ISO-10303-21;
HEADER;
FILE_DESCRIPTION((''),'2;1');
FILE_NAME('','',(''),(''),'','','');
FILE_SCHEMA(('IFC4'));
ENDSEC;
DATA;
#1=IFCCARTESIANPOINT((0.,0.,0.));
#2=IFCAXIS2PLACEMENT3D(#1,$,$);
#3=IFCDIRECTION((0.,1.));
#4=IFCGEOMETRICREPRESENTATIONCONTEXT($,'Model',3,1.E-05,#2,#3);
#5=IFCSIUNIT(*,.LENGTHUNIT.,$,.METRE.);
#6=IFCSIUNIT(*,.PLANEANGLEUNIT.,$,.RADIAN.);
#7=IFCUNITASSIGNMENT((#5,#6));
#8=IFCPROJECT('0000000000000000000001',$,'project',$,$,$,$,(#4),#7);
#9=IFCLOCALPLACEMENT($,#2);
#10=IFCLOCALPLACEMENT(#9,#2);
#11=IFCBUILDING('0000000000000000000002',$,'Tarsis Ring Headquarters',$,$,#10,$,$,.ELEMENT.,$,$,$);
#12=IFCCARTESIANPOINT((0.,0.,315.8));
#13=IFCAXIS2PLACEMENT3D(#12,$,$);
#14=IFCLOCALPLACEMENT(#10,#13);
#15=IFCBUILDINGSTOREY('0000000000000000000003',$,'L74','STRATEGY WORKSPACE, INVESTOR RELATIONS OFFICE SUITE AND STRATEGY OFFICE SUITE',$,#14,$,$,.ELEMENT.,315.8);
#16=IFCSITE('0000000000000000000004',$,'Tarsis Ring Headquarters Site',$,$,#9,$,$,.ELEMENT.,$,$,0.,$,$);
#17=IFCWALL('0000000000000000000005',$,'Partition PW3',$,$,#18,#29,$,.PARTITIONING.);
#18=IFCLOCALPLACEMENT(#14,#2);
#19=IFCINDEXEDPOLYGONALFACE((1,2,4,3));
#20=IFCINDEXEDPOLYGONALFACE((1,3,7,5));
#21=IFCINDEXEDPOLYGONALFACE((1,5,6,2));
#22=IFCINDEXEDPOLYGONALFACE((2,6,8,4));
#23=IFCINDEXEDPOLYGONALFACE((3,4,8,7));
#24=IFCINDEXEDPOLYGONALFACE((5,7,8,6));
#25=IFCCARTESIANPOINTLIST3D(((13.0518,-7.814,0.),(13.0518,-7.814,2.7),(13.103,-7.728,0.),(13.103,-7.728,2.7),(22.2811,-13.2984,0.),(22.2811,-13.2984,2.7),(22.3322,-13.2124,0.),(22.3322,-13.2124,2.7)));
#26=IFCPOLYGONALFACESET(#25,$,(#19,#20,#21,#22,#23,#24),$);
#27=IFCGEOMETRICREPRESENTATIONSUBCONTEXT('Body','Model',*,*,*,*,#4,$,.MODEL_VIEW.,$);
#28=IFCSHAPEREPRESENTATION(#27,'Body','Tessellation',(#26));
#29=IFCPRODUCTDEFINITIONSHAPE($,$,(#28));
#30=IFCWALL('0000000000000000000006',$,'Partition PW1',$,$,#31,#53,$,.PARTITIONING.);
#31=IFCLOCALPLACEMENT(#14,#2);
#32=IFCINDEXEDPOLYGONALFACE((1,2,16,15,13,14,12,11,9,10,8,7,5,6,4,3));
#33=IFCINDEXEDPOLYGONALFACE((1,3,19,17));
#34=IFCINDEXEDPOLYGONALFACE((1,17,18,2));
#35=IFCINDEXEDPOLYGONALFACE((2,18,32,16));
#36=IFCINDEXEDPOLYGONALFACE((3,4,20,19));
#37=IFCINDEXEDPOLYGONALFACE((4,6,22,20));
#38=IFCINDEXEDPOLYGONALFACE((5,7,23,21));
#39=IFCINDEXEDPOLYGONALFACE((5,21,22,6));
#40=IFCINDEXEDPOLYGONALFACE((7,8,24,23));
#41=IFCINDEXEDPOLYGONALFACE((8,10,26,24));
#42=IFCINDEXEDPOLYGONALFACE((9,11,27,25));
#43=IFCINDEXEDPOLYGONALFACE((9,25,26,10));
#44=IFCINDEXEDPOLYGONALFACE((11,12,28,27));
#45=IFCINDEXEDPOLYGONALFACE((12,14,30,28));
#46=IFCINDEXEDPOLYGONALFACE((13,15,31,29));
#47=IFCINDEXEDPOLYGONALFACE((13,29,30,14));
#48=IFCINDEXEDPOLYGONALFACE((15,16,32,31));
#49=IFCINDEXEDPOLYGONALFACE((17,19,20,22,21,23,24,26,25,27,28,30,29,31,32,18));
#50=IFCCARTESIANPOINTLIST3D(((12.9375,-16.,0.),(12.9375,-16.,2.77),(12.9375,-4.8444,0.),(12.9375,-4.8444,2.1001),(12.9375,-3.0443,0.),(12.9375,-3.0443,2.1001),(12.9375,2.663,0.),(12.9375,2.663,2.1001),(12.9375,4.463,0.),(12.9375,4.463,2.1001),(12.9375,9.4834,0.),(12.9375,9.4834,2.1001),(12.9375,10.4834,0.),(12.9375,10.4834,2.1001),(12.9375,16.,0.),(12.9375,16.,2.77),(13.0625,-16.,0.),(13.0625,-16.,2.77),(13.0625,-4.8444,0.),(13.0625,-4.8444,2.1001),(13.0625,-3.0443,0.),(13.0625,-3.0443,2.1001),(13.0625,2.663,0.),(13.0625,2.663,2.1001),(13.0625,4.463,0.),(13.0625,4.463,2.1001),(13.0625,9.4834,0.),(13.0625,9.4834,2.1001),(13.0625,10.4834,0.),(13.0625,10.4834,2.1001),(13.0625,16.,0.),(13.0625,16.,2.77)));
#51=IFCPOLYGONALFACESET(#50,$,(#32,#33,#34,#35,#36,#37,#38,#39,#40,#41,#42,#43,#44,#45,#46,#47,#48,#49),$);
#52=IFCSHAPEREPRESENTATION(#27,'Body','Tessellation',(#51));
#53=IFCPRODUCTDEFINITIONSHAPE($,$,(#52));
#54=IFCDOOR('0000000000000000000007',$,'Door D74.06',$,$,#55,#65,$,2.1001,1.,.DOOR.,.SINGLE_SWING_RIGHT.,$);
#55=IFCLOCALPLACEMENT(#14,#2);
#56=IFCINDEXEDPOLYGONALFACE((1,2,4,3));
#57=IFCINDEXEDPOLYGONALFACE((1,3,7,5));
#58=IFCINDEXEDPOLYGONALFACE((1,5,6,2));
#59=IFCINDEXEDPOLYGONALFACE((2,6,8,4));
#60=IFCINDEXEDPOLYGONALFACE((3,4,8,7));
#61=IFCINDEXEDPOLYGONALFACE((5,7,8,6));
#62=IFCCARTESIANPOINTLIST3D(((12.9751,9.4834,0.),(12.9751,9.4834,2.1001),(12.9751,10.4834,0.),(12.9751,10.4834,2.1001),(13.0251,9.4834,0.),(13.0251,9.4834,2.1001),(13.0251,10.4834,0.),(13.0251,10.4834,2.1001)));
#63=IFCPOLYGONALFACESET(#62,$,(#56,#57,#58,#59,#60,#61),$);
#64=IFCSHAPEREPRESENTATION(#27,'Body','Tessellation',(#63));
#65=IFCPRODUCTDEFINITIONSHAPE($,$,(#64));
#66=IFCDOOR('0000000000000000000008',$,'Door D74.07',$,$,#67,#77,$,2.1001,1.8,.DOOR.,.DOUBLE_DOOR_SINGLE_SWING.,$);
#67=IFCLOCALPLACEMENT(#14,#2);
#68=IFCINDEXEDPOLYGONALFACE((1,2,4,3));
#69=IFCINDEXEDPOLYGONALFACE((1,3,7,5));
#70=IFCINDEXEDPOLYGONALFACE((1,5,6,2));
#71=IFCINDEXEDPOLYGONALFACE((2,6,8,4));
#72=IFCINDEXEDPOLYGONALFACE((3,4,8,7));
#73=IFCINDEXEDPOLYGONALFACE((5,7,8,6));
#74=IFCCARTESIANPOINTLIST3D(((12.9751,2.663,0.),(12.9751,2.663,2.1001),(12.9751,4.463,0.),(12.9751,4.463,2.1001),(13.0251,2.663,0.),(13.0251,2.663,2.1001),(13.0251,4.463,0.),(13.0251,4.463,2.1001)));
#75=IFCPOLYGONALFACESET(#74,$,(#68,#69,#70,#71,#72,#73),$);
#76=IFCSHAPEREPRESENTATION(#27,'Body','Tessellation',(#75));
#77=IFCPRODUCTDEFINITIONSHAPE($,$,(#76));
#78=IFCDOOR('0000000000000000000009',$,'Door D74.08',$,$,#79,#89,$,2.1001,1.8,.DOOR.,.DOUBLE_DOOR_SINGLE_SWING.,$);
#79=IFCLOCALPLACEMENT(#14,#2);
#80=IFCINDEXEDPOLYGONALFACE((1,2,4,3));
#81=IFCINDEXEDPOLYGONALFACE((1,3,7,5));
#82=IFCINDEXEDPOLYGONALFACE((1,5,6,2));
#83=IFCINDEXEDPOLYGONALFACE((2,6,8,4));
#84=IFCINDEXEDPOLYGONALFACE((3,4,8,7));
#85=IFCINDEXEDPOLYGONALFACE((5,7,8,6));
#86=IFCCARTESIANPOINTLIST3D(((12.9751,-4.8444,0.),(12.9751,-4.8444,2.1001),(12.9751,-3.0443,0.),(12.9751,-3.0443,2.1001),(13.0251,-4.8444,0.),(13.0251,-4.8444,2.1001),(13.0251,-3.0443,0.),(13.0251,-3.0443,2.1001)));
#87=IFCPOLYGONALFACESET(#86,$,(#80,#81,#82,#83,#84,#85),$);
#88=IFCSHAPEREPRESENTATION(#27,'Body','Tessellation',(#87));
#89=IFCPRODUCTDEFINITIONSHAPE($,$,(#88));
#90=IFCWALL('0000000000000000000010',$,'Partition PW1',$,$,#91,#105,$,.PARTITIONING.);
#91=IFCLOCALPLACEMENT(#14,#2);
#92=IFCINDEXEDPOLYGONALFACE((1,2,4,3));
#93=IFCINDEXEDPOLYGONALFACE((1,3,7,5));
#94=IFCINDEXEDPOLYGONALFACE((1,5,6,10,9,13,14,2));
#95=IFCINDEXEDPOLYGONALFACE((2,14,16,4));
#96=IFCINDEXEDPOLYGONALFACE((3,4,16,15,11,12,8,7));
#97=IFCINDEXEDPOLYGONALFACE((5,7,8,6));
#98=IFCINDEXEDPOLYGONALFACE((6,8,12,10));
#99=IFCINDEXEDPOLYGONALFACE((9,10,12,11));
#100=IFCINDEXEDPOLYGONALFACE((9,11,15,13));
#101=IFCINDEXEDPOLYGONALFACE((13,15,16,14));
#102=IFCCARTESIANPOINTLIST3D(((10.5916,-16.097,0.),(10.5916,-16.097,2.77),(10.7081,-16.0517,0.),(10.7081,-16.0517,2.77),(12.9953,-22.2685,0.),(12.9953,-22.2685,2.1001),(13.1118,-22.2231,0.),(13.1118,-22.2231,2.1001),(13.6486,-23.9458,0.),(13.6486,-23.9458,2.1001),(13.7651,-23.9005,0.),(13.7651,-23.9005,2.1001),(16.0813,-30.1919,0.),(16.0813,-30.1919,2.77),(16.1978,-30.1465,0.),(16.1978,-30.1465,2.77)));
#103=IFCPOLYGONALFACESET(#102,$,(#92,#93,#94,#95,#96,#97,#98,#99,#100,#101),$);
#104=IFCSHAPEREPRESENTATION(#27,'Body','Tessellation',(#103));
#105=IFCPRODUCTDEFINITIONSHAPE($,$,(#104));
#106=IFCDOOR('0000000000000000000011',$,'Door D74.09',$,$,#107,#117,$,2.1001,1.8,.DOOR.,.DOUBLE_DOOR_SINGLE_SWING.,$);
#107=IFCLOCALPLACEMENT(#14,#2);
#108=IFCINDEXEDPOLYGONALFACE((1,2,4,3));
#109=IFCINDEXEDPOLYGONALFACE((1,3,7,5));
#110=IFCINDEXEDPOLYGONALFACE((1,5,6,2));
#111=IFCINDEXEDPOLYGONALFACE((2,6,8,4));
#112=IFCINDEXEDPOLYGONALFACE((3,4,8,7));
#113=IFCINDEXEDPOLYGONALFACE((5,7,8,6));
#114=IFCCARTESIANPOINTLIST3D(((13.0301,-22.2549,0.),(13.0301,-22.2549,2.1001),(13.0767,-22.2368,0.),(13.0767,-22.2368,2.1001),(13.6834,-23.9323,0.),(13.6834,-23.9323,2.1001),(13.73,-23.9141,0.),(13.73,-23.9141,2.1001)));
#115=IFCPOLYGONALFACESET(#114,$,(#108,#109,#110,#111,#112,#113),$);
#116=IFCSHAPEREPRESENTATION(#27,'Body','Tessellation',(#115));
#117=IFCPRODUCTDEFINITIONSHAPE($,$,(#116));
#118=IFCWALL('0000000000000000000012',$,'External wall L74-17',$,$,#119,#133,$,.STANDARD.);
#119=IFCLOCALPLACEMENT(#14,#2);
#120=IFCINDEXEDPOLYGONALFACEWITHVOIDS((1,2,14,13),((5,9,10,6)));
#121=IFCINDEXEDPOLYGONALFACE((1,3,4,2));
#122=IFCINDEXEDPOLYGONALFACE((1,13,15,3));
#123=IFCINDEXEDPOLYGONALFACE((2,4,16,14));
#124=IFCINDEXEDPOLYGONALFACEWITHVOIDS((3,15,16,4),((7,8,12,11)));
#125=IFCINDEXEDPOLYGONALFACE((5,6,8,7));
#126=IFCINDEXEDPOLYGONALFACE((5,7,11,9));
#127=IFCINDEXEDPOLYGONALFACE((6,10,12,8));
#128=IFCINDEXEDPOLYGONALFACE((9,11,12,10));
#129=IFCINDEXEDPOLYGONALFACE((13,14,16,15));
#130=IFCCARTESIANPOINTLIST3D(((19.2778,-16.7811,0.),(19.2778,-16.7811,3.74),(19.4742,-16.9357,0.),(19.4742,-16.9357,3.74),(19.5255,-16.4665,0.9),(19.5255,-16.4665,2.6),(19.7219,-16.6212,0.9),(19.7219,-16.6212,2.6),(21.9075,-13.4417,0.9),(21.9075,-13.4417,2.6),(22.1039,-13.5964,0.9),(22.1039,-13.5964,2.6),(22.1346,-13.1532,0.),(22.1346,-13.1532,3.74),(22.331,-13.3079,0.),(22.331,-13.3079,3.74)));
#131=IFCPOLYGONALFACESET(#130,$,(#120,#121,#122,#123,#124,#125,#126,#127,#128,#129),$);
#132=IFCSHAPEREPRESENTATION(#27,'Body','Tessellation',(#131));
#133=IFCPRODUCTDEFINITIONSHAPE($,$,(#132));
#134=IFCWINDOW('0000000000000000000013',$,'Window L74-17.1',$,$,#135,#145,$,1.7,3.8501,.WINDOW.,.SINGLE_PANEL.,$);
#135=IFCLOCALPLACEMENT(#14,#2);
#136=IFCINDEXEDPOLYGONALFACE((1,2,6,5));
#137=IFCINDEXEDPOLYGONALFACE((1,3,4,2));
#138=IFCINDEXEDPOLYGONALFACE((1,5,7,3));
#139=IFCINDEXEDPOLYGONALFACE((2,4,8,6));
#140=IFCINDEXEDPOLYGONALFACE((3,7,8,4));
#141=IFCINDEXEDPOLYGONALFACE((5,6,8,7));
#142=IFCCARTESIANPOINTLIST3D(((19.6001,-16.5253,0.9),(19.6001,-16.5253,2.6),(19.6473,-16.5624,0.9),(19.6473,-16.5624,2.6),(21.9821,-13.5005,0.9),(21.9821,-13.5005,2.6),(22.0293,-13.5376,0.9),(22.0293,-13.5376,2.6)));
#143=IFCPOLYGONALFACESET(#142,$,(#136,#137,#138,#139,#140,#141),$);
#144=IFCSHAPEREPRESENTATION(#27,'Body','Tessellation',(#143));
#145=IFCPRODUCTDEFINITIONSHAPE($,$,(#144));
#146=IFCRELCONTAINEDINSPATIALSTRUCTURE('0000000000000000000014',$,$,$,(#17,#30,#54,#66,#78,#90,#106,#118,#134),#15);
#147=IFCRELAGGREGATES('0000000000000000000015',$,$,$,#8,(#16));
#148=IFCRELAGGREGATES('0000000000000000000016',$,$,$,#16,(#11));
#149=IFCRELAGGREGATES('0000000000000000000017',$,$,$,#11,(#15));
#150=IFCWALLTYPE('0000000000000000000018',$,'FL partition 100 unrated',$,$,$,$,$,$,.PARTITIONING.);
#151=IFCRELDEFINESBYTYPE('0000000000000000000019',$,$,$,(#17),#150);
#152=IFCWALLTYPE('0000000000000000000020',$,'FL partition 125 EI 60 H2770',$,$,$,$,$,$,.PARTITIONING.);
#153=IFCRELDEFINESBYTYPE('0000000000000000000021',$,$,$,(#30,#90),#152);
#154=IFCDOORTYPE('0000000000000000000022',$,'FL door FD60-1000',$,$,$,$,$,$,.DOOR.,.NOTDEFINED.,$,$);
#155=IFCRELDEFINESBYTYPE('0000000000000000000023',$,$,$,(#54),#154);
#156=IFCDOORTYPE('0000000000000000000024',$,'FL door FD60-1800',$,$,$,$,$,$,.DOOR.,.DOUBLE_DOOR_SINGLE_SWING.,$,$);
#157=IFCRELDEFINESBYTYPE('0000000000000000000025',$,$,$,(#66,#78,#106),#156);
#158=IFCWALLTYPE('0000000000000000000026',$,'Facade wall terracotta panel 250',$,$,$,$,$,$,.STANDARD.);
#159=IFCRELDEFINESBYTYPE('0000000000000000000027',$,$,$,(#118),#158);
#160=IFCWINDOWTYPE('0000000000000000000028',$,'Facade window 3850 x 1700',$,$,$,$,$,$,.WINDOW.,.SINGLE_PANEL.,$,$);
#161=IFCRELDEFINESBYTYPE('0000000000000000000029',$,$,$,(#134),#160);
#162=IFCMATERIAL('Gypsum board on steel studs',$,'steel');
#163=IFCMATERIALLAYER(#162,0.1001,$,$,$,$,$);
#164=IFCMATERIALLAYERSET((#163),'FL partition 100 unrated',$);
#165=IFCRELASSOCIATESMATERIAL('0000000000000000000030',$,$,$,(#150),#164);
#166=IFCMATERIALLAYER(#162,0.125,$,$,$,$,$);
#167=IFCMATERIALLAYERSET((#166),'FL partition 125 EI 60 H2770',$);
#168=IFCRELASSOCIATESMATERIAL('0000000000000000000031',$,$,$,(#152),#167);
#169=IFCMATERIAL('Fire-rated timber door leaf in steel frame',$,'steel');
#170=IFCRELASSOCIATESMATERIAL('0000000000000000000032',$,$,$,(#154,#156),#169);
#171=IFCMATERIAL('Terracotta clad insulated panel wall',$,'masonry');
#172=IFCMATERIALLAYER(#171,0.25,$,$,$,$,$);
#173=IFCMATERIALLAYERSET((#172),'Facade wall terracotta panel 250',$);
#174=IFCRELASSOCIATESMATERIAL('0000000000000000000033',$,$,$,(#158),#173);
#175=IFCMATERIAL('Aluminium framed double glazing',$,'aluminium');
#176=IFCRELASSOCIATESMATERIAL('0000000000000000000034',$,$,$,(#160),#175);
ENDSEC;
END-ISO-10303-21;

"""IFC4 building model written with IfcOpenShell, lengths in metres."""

from ifc_helpers import new_model, si_unit, direction, frame, frame_2d, origin, place, context, subcontext, project, spatial, rectangle, extrude, material, layer, layer_set, type_object, element, fill, save


model = new_model("IFC4")

# Units and contexts
model_context = context("Model", 3, precision=1e-05, world=origin(), true_north=direction((0.0, 1.0)))
body_context = subcontext(model_context, "Body", "Model", "MODEL_VIEW")
ifc_project = project(units=[si_unit("LENGTHUNIT", "METRE"), si_unit("PLANEANGLEUNIT", "RADIAN")], contexts=[model_context])

# Site, building, storey
site_placement = place(None, origin())
site = spatial("IfcSite", under=ifc_project, at=site_placement, Name="Tarsis Ring Headquarters Site", CompositionType="ELEMENT", RefElevation=0.0)
building_placement = place(site_placement, origin())
building = spatial("IfcBuilding", under=site, at=building_placement, Name="Tarsis Ring Headquarters", CompositionType="ELEMENT")
storey_placement = place(building_placement, frame((0.0, 0.0, 315.8)))
storey = spatial("IfcBuildingStorey", under=building, at=storey_placement, Name="L74", Description="STRATEGY WORKSPACE, INVESTOR RELATIONS OFFICE SUITE AND STRATEGY OFFICE SUITE", CompositionType="ELEMENT", Elevation=315.8)

# Wall
ifc_material_1 = material(Name="Gypsum board on steel studs", Category="steel")
ifc_layer_1 = layer(ifc_material_1, 0.1001)
ifc_layer_set_1 = layer_set([ifc_layer_1], Name="FL partition 100 unrated")
wall_type_1 = type_object("IfcWallType", Name="FL partition 100 unrated", PredefinedType="PARTITIONING", material=ifc_layer_set_1)
wall_1_placement = place(storey_placement, frame((13.0774, -7.771, 0.0), z_axis=(0.0, 0.0, 1.0), x_axis=(0.85967, -0.510849, 0.0)))
element("IfcWall", 1, at=wall_1_placement, inside=storey, type_object=wall_type_1, Name="Partition PW3", PredefinedType="PARTITIONING", context=body_context, shape_type="SweptSolid", body=[
    extrude(rectangle(XDim=10.7358, YDim=0.1001, at=frame_2d((5.3679, 0.0))), origin(), (0.0, 0.0, 1.0), 2.7),
])

# Wall, openings, doors
ifc_layer_2 = layer(ifc_material_1, 0.125)
ifc_layer_set_2 = layer_set([ifc_layer_2], Name="FL partition 125 EI 60 H2770")
wall_type_2 = type_object("IfcWallType", Name="FL partition 125 EI 60 H2770", PredefinedType="PARTITIONING", material=ifc_layer_set_2)
wall_2_placement = place(storey_placement, frame((13.0, -16.0, 0.0), z_axis=(0.0, 0.0, 1.0), x_axis=(0.0, 1.0, 0.0)))
wall_2 = element("IfcWall", 2, at=wall_2_placement, inside=storey, type_object=wall_type_2, Name="Partition PW1", PredefinedType="PARTITIONING", context=body_context, shape_type="SweptSolid", body=[
    extrude(rectangle(XDim=32.0, YDim=0.125, at=frame_2d((16.0, 0.0))), origin(), (0.0, 0.0, 1.0), 2.77),
])
opening_1_placement = place(wall_2_placement, frame((25.4834, 0.0, 0.0)))
opening_1 = element("IfcOpeningElement", 3, at=opening_1_placement, cuts=wall_2, PredefinedType="OPENING", context=body_context, shape_type="SweptSolid", body=[
    extrude(rectangle(XDim=1.0, YDim=2.1001, at=frame_2d((0.5, 1.05))), frame((0.0, 0.0725, 0.0), z_axis=(0.0, -1.0, 0.0), x_axis=(1.0, 0.0, 0.0)), (0.0, 0.0, 1.0), 0.145),
])
opening_2_placement = place(wall_2_placement, frame((18.6631, 0.0, 0.0)))
opening_2 = element("IfcOpeningElement", 4, at=opening_2_placement, cuts=wall_2, PredefinedType="OPENING", context=body_context, shape_type="SweptSolid", body=[
    extrude(rectangle(XDim=1.8, YDim=2.1001, at=frame_2d((0.8999, 1.05))), frame((0.0, 0.0725, 0.0), z_axis=(0.0, -1.0, 0.0), x_axis=(1.0, 0.0, 0.0)), (0.0, 0.0, 1.0), 0.145),
])
opening_3_placement = place(wall_2_placement, frame((11.1558, 0.0, 0.0)))
opening_3 = element("IfcOpeningElement", 5, at=opening_3_placement, cuts=wall_2, PredefinedType="OPENING", context=body_context, shape_type="SweptSolid", body=[
    extrude(rectangle(XDim=1.8, YDim=2.1001, at=frame_2d((0.8999, 1.05))), frame((0.0, 0.0725, 0.0), z_axis=(0.0, -1.0, 0.0), x_axis=(1.0, 0.0, 0.0)), (0.0, 0.0, 1.0), 0.145),
])
ifc_material_2 = material(Name="Fire-rated timber door leaf in steel frame", Category="steel")
door_type_1 = type_object("IfcDoorType", Name="FL door FD60-1000", OperationType="NOTDEFINED", PredefinedType="DOOR", material=ifc_material_2)
door_1_placement = place(opening_1_placement, origin())
door_1 = element("IfcDoor", 6, at=door_1_placement, inside=storey, type_object=door_type_1, Name="Door D74.06", OperationType="SINGLE_SWING_RIGHT", OverallHeight=2.1001, OverallWidth=1.0, PredefinedType="DOOR", context=body_context, shape_type="SweptSolid", body=[
    extrude(rectangle(XDim=1.0, YDim=2.1001, at=frame_2d((0.5, 1.05))), frame((0.0, 0.0249, 0.0), z_axis=(0.0, -1.0, 0.0), x_axis=(1.0, 0.0, 0.0)), (0.0, 0.0, 1.0), 0.05),
])
fill(opening_1, door_1)
door_type_2 = type_object("IfcDoorType", Name="FL door FD60-1800", OperationType="DOUBLE_DOOR_SINGLE_SWING", PredefinedType="DOOR", material=ifc_material_2)
door_2_placement = place(opening_2_placement, origin())
door_2 = element("IfcDoor", 7, at=door_2_placement, inside=storey, type_object=door_type_2, Name="Door D74.07", OperationType="DOUBLE_DOOR_SINGLE_SWING", OverallHeight=2.1001, OverallWidth=1.8, PredefinedType="DOOR", context=body_context, shape_type="SweptSolid", body=[
    extrude(rectangle(XDim=1.8, YDim=2.1001, at=frame_2d((0.8999, 1.05))), frame((0.0, 0.0249, 0.0), z_axis=(0.0, -1.0, 0.0), x_axis=(1.0, 0.0, 0.0)), (0.0, 0.0, 1.0), 0.05),
])
fill(opening_2, door_2)
door_3_placement = place(opening_3_placement, origin())
door_3 = element("IfcDoor", 8, at=door_3_placement, inside=storey, type_object=door_type_2, Name="Door D74.08", OperationType="DOUBLE_DOOR_SINGLE_SWING", OverallHeight=2.1001, OverallWidth=1.8, PredefinedType="DOOR", context=body_context, shape_type="SweptSolid", body=[
    extrude(rectangle(XDim=1.8, YDim=2.1001, at=frame_2d((0.8999, 1.05))), frame((0.0, 0.0249, 0.0), z_axis=(0.0, -1.0, 0.0), x_axis=(1.0, 0.0, 0.0)), (0.0, 0.0, 1.0), 0.05),
])
fill(opening_3, door_3)

# Wall, opening, door
wall_3_placement = place(storey_placement, frame((10.6499, -16.0745, 0.0), z_axis=(0.0, 0.0, 1.0), x_axis=(0.362927, -0.931818, 0.0)))
wall_3 = element("IfcWall", 9, at=wall_3_placement, inside=storey, type_object=wall_type_2, Name="Partition PW1", PredefinedType="PARTITIONING", context=body_context, shape_type="SweptSolid", body=[
    extrude(rectangle(XDim=15.1262, YDim=0.125, at=frame_2d((7.563, 0.0))), origin(), (0.0, 0.0, 1.0), 2.77),
])
opening_4_placement = place(wall_3_placement, frame((6.623, 0.0, 0.0)))
opening_4 = element("IfcOpeningElement", 10, at=opening_4_placement, cuts=wall_3, PredefinedType="OPENING", context=body_context, shape_type="SweptSolid", body=[
    extrude(rectangle(XDim=1.8, YDim=2.1001, at=frame_2d((0.8999, 1.05))), frame((0.0, 0.0725, 0.0), z_axis=(0.0, -1.0, 0.0), x_axis=(1.0, 0.0, 0.0)), (0.0, 0.0, 1.0), 0.145),
])
door_4_placement = place(opening_4_placement, origin())
door_4 = element("IfcDoor", 11, at=door_4_placement, inside=storey, type_object=door_type_2, Name="Door D74.09", OperationType="DOUBLE_DOOR_SINGLE_SWING", OverallHeight=2.1001, OverallWidth=1.8, PredefinedType="DOOR", context=body_context, shape_type="SweptSolid", body=[
    extrude(rectangle(XDim=1.8, YDim=2.1001, at=frame_2d((0.8999, 1.05))), frame((0.0, 0.0249, 0.0), z_axis=(0.0, -1.0, 0.0), x_axis=(1.0, 0.0, 0.0)), (0.0, 0.0, 1.0), 0.05),
])
fill(opening_4, door_4)

# Wall, opening, window
ifc_material_3 = material(Name="Terracotta clad insulated panel wall", Category="masonry")
ifc_layer_3 = layer(ifc_material_3, 0.25)
ifc_layer_set_3 = layer_set([ifc_layer_3], Name="Facade wall terracotta panel 250")
wall_type_3 = type_object("IfcWallType", Name="Facade wall terracotta panel 250", PredefinedType="STANDARD", material=ifc_layer_set_3)
wall_4_placement = place(storey_placement, frame((19.376, -16.8584, 0.0), z_axis=(0.0, 0.0, 1.0), x_axis=(0.61868, 0.785643, 0.0)))
wall_4 = element("IfcWall", 12, at=wall_4_placement, inside=storey, type_object=wall_type_3, Name="External wall L74-17", PredefinedType="STANDARD", context=body_context, shape_type="SweptSolid", body=[
    extrude(rectangle(XDim=4.6177, YDim=0.25, at=frame_2d((2.3088, 0.0))), origin(), (0.0, 0.0, 1.0), 3.74),
])
opening_5_placement = place(wall_4_placement, frame((0.4004, 0.0, 0.8999)))
opening_5 = element("IfcOpeningElement", 13, at=opening_5_placement, cuts=wall_4, PredefinedType="OPENING", context=body_context, shape_type="SweptSolid", body=[
    extrude(rectangle(XDim=3.8501, YDim=1.7, at=frame_2d((1.925, 0.8501))), frame((0.0, 0.135, 0.0), z_axis=(0.0, -1.0, 0.0), x_axis=(1.0, 0.0, 0.0)), (0.0, 0.0, 1.0), 0.27),
])
ifc_material_4 = material(Name="Aluminium framed double glazing", Category="aluminium")
window_type_1 = type_object("IfcWindowType", Name="Facade window 3850 x 1700", PartitioningType="SINGLE_PANEL", PredefinedType="WINDOW", material=ifc_material_4)
window_1_placement = place(opening_5_placement, origin())
window_1 = element("IfcWindow", 14, at=window_1_placement, inside=storey, type_object=window_type_1, Name="Window L74-17.1", OverallHeight=1.7, OverallWidth=3.8501, PartitioningType="SINGLE_PANEL", PredefinedType="WINDOW", context=body_context, shape_type="SweptSolid", body=[
    extrude(rectangle(XDim=3.8501, YDim=1.7, at=frame_2d((1.925, 0.8501))), frame((0.0, 0.03, 0.0), z_axis=(0.0, -1.0, 0.0), x_axis=(1.0, 0.0, 0.0)), (0.0, 0.0, 1.0), 0.0601),
])
fill(opening_5, window_1)

save(model, "model.ifc")
